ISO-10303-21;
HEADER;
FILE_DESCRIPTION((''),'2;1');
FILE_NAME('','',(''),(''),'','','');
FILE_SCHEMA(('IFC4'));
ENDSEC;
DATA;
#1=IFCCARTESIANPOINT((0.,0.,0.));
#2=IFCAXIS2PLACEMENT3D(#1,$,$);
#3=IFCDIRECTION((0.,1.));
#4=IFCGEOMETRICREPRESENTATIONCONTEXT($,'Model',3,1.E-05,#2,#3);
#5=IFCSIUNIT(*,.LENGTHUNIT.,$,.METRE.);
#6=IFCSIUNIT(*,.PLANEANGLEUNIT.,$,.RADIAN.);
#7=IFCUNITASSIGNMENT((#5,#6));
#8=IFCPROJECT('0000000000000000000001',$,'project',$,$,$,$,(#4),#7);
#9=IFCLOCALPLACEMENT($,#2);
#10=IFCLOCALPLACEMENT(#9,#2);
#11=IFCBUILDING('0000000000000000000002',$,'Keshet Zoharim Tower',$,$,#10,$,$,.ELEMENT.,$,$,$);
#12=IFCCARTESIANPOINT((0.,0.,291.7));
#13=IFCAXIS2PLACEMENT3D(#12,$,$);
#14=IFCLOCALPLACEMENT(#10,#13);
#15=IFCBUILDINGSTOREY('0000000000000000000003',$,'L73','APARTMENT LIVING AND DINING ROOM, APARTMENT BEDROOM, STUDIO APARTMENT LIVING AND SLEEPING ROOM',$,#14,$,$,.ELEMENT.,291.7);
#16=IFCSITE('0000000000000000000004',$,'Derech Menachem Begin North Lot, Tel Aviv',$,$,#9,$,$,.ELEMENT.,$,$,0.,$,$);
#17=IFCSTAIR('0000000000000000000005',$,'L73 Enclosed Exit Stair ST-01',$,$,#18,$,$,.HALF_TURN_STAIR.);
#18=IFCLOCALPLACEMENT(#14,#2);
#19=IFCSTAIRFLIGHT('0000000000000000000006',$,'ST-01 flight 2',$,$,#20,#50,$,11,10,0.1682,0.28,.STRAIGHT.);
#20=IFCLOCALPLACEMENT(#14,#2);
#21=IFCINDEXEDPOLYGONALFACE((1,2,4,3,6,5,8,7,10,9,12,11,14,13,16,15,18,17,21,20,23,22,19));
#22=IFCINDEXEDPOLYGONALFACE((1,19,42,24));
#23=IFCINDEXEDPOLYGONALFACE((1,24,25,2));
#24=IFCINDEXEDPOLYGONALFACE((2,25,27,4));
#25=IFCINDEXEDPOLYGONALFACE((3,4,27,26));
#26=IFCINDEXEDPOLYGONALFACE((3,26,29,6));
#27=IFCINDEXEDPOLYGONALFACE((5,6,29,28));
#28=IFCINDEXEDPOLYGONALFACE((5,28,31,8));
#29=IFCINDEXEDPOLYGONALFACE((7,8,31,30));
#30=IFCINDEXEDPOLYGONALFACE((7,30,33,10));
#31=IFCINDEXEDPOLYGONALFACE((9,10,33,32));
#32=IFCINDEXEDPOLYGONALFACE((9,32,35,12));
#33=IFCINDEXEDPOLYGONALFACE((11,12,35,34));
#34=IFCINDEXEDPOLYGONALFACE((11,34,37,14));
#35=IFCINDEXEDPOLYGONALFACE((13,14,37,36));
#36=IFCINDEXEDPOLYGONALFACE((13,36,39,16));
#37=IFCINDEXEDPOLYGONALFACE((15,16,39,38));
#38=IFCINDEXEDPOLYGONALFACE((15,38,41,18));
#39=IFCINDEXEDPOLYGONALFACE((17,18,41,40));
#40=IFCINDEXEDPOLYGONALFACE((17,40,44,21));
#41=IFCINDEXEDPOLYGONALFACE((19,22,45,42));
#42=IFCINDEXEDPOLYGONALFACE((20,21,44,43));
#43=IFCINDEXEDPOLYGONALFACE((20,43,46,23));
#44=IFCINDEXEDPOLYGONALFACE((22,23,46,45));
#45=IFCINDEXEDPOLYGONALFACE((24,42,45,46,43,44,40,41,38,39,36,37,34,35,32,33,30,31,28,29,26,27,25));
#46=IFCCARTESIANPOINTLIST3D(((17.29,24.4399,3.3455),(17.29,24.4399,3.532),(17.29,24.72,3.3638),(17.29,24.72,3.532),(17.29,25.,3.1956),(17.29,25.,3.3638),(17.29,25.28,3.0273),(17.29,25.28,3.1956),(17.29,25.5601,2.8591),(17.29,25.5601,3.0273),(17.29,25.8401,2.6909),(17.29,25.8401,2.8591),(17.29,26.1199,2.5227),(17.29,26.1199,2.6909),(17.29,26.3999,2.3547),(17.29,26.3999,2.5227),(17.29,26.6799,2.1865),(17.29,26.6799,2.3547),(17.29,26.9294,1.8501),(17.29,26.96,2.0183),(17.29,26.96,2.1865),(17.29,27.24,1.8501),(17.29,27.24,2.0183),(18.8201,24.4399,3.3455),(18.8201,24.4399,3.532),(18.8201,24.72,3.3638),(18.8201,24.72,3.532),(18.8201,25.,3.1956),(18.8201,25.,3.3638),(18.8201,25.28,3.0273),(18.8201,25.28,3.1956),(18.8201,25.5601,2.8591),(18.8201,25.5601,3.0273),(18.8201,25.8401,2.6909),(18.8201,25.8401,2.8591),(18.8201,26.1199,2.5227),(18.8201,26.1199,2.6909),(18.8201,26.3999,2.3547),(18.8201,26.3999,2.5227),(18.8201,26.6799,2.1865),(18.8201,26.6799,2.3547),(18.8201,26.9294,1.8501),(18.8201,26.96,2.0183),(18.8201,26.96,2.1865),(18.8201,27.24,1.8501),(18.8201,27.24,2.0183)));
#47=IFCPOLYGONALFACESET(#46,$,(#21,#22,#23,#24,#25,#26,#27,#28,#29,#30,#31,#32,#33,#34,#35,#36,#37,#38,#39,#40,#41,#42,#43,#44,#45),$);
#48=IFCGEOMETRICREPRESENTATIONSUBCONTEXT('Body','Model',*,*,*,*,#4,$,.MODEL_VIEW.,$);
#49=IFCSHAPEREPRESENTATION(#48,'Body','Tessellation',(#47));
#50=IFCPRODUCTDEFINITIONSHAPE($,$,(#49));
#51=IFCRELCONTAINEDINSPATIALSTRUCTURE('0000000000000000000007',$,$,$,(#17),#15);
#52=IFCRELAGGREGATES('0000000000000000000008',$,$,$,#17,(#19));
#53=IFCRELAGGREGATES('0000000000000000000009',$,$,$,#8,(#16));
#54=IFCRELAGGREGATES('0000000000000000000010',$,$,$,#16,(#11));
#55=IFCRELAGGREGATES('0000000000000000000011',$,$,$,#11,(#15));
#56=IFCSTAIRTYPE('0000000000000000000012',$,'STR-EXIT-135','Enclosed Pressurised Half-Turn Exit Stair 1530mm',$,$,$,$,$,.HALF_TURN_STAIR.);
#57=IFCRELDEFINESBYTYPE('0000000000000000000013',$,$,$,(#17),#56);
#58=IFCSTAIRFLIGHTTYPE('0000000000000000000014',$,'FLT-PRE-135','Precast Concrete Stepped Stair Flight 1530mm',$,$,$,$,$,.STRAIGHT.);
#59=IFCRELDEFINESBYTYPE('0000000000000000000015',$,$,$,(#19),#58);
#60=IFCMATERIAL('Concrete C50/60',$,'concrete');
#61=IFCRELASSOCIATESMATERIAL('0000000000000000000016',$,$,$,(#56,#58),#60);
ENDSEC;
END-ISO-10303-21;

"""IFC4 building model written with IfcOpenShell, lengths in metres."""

from ifc_helpers import new_model, si_unit, direction, frame, origin, place, context, subcontext, project, spatial, polyline, outline, extrude, material, type_object, element, aggregate, save


model = new_model("IFC4")

# Units and contexts
model_context = context("Model", 3, precision=1e-05, world=origin(), true_north=direction((0.0, 1.0)))
body_context = subcontext(model_context, "Body", "Model", "MODEL_VIEW")
ifc_project = project(units=[si_unit("LENGTHUNIT", "METRE"), si_unit("PLANEANGLEUNIT", "RADIAN")], contexts=[model_context])

# Site, building, storey
site_placement = place(None, origin())
site = spatial("IfcSite", under=ifc_project, at=site_placement, Name="Derech Menachem Begin North Lot, Tel Aviv", CompositionType="ELEMENT", RefElevation=0.0)
building_placement = place(site_placement, origin())
building = spatial("IfcBuilding", under=site, at=building_placement, Name="Keshet Zoharim Tower", CompositionType="ELEMENT")
storey_placement = place(building_placement, frame((0.0, 0.0, 291.7)))
storey = spatial("IfcBuildingStorey", under=building, at=storey_placement, Name="L73", Description="APARTMENT LIVING AND DINING ROOM, APARTMENT BEDROOM, STUDIO APARTMENT LIVING AND SLEEPING ROOM", CompositionType="ELEMENT", Elevation=291.7)

# Shared definitions
ifc_material_1 = material(Name="Concrete C50/60", Category="concrete")

# Stair, stair flight
stair_type = type_object("IfcStairType", Name="STR-EXIT-135", Description="Enclosed Pressurised Half-Turn Exit Stair 1530mm", PredefinedType="HALF_TURN_STAIR", material=ifc_material_1)
stair_placement = place(storey_placement, origin())
stair = element("IfcStair", 1, at=stair_placement, inside=storey, type_object=stair_type, Name="L73 Enclosed Exit Stair ST-01", PredefinedType="HALF_TURN_STAIR")
stair_flight_type = type_object("IfcStairFlightType", Name="FLT-PRE-135", Description="Precast Concrete Stepped Stair Flight 1530mm", PredefinedType="STRAIGHT", material=ifc_material_1)
stair_flight_1_placement = place(storey_placement, frame((18.0549, 27.24, 1.8501), z_axis=(0.0, 0.0, 1.0), x_axis=(0.0, -1.0, 0.0)))
stair_flight_1 = element("IfcStairFlight", 2, at=stair_flight_1_placement, type_object=stair_flight_type, Name="ST-01 flight 2", NumberOfRisers=11, NumberOfTreads=10, PredefinedType="STRAIGHT", RiserHeight=0.1682, TreadLength=0.28, context=body_context, shape_type="SweptSolid", body=[
    extrude(outline(polyline([(0.0, 0.0), (0.0, 0.1682), (0.28, 0.1682), (0.28, 0.3364), (0.5601, 0.3364), (0.5601, 0.5046), (0.8401, 0.5046), (0.8401, 0.6726), (1.1201, 0.6726), (1.1201, 0.8408), (1.3999, 0.8408), (1.3999, 1.009), (1.6799, 1.009), (1.6799, 1.1772), (1.96, 1.1772), (1.96, 1.3455), (2.24, 1.3455), (2.24, 1.5137), (2.52, 1.5137), (2.52, 1.6819), (2.8, 1.6819), (2.8, 1.8501), (2.8, 1.4954), (0.3105, 0.0), (0.0, 0.0)])), frame((0.0, 0.7651, 0.0), z_axis=(0.0, -1.0, 0.0), x_axis=(1.0, 0.0, 0.0)), (0.0, 0.0, 1.0), 1.53),
])
aggregate(stair, [stair_flight_1])

save(model, "model.ifc")
